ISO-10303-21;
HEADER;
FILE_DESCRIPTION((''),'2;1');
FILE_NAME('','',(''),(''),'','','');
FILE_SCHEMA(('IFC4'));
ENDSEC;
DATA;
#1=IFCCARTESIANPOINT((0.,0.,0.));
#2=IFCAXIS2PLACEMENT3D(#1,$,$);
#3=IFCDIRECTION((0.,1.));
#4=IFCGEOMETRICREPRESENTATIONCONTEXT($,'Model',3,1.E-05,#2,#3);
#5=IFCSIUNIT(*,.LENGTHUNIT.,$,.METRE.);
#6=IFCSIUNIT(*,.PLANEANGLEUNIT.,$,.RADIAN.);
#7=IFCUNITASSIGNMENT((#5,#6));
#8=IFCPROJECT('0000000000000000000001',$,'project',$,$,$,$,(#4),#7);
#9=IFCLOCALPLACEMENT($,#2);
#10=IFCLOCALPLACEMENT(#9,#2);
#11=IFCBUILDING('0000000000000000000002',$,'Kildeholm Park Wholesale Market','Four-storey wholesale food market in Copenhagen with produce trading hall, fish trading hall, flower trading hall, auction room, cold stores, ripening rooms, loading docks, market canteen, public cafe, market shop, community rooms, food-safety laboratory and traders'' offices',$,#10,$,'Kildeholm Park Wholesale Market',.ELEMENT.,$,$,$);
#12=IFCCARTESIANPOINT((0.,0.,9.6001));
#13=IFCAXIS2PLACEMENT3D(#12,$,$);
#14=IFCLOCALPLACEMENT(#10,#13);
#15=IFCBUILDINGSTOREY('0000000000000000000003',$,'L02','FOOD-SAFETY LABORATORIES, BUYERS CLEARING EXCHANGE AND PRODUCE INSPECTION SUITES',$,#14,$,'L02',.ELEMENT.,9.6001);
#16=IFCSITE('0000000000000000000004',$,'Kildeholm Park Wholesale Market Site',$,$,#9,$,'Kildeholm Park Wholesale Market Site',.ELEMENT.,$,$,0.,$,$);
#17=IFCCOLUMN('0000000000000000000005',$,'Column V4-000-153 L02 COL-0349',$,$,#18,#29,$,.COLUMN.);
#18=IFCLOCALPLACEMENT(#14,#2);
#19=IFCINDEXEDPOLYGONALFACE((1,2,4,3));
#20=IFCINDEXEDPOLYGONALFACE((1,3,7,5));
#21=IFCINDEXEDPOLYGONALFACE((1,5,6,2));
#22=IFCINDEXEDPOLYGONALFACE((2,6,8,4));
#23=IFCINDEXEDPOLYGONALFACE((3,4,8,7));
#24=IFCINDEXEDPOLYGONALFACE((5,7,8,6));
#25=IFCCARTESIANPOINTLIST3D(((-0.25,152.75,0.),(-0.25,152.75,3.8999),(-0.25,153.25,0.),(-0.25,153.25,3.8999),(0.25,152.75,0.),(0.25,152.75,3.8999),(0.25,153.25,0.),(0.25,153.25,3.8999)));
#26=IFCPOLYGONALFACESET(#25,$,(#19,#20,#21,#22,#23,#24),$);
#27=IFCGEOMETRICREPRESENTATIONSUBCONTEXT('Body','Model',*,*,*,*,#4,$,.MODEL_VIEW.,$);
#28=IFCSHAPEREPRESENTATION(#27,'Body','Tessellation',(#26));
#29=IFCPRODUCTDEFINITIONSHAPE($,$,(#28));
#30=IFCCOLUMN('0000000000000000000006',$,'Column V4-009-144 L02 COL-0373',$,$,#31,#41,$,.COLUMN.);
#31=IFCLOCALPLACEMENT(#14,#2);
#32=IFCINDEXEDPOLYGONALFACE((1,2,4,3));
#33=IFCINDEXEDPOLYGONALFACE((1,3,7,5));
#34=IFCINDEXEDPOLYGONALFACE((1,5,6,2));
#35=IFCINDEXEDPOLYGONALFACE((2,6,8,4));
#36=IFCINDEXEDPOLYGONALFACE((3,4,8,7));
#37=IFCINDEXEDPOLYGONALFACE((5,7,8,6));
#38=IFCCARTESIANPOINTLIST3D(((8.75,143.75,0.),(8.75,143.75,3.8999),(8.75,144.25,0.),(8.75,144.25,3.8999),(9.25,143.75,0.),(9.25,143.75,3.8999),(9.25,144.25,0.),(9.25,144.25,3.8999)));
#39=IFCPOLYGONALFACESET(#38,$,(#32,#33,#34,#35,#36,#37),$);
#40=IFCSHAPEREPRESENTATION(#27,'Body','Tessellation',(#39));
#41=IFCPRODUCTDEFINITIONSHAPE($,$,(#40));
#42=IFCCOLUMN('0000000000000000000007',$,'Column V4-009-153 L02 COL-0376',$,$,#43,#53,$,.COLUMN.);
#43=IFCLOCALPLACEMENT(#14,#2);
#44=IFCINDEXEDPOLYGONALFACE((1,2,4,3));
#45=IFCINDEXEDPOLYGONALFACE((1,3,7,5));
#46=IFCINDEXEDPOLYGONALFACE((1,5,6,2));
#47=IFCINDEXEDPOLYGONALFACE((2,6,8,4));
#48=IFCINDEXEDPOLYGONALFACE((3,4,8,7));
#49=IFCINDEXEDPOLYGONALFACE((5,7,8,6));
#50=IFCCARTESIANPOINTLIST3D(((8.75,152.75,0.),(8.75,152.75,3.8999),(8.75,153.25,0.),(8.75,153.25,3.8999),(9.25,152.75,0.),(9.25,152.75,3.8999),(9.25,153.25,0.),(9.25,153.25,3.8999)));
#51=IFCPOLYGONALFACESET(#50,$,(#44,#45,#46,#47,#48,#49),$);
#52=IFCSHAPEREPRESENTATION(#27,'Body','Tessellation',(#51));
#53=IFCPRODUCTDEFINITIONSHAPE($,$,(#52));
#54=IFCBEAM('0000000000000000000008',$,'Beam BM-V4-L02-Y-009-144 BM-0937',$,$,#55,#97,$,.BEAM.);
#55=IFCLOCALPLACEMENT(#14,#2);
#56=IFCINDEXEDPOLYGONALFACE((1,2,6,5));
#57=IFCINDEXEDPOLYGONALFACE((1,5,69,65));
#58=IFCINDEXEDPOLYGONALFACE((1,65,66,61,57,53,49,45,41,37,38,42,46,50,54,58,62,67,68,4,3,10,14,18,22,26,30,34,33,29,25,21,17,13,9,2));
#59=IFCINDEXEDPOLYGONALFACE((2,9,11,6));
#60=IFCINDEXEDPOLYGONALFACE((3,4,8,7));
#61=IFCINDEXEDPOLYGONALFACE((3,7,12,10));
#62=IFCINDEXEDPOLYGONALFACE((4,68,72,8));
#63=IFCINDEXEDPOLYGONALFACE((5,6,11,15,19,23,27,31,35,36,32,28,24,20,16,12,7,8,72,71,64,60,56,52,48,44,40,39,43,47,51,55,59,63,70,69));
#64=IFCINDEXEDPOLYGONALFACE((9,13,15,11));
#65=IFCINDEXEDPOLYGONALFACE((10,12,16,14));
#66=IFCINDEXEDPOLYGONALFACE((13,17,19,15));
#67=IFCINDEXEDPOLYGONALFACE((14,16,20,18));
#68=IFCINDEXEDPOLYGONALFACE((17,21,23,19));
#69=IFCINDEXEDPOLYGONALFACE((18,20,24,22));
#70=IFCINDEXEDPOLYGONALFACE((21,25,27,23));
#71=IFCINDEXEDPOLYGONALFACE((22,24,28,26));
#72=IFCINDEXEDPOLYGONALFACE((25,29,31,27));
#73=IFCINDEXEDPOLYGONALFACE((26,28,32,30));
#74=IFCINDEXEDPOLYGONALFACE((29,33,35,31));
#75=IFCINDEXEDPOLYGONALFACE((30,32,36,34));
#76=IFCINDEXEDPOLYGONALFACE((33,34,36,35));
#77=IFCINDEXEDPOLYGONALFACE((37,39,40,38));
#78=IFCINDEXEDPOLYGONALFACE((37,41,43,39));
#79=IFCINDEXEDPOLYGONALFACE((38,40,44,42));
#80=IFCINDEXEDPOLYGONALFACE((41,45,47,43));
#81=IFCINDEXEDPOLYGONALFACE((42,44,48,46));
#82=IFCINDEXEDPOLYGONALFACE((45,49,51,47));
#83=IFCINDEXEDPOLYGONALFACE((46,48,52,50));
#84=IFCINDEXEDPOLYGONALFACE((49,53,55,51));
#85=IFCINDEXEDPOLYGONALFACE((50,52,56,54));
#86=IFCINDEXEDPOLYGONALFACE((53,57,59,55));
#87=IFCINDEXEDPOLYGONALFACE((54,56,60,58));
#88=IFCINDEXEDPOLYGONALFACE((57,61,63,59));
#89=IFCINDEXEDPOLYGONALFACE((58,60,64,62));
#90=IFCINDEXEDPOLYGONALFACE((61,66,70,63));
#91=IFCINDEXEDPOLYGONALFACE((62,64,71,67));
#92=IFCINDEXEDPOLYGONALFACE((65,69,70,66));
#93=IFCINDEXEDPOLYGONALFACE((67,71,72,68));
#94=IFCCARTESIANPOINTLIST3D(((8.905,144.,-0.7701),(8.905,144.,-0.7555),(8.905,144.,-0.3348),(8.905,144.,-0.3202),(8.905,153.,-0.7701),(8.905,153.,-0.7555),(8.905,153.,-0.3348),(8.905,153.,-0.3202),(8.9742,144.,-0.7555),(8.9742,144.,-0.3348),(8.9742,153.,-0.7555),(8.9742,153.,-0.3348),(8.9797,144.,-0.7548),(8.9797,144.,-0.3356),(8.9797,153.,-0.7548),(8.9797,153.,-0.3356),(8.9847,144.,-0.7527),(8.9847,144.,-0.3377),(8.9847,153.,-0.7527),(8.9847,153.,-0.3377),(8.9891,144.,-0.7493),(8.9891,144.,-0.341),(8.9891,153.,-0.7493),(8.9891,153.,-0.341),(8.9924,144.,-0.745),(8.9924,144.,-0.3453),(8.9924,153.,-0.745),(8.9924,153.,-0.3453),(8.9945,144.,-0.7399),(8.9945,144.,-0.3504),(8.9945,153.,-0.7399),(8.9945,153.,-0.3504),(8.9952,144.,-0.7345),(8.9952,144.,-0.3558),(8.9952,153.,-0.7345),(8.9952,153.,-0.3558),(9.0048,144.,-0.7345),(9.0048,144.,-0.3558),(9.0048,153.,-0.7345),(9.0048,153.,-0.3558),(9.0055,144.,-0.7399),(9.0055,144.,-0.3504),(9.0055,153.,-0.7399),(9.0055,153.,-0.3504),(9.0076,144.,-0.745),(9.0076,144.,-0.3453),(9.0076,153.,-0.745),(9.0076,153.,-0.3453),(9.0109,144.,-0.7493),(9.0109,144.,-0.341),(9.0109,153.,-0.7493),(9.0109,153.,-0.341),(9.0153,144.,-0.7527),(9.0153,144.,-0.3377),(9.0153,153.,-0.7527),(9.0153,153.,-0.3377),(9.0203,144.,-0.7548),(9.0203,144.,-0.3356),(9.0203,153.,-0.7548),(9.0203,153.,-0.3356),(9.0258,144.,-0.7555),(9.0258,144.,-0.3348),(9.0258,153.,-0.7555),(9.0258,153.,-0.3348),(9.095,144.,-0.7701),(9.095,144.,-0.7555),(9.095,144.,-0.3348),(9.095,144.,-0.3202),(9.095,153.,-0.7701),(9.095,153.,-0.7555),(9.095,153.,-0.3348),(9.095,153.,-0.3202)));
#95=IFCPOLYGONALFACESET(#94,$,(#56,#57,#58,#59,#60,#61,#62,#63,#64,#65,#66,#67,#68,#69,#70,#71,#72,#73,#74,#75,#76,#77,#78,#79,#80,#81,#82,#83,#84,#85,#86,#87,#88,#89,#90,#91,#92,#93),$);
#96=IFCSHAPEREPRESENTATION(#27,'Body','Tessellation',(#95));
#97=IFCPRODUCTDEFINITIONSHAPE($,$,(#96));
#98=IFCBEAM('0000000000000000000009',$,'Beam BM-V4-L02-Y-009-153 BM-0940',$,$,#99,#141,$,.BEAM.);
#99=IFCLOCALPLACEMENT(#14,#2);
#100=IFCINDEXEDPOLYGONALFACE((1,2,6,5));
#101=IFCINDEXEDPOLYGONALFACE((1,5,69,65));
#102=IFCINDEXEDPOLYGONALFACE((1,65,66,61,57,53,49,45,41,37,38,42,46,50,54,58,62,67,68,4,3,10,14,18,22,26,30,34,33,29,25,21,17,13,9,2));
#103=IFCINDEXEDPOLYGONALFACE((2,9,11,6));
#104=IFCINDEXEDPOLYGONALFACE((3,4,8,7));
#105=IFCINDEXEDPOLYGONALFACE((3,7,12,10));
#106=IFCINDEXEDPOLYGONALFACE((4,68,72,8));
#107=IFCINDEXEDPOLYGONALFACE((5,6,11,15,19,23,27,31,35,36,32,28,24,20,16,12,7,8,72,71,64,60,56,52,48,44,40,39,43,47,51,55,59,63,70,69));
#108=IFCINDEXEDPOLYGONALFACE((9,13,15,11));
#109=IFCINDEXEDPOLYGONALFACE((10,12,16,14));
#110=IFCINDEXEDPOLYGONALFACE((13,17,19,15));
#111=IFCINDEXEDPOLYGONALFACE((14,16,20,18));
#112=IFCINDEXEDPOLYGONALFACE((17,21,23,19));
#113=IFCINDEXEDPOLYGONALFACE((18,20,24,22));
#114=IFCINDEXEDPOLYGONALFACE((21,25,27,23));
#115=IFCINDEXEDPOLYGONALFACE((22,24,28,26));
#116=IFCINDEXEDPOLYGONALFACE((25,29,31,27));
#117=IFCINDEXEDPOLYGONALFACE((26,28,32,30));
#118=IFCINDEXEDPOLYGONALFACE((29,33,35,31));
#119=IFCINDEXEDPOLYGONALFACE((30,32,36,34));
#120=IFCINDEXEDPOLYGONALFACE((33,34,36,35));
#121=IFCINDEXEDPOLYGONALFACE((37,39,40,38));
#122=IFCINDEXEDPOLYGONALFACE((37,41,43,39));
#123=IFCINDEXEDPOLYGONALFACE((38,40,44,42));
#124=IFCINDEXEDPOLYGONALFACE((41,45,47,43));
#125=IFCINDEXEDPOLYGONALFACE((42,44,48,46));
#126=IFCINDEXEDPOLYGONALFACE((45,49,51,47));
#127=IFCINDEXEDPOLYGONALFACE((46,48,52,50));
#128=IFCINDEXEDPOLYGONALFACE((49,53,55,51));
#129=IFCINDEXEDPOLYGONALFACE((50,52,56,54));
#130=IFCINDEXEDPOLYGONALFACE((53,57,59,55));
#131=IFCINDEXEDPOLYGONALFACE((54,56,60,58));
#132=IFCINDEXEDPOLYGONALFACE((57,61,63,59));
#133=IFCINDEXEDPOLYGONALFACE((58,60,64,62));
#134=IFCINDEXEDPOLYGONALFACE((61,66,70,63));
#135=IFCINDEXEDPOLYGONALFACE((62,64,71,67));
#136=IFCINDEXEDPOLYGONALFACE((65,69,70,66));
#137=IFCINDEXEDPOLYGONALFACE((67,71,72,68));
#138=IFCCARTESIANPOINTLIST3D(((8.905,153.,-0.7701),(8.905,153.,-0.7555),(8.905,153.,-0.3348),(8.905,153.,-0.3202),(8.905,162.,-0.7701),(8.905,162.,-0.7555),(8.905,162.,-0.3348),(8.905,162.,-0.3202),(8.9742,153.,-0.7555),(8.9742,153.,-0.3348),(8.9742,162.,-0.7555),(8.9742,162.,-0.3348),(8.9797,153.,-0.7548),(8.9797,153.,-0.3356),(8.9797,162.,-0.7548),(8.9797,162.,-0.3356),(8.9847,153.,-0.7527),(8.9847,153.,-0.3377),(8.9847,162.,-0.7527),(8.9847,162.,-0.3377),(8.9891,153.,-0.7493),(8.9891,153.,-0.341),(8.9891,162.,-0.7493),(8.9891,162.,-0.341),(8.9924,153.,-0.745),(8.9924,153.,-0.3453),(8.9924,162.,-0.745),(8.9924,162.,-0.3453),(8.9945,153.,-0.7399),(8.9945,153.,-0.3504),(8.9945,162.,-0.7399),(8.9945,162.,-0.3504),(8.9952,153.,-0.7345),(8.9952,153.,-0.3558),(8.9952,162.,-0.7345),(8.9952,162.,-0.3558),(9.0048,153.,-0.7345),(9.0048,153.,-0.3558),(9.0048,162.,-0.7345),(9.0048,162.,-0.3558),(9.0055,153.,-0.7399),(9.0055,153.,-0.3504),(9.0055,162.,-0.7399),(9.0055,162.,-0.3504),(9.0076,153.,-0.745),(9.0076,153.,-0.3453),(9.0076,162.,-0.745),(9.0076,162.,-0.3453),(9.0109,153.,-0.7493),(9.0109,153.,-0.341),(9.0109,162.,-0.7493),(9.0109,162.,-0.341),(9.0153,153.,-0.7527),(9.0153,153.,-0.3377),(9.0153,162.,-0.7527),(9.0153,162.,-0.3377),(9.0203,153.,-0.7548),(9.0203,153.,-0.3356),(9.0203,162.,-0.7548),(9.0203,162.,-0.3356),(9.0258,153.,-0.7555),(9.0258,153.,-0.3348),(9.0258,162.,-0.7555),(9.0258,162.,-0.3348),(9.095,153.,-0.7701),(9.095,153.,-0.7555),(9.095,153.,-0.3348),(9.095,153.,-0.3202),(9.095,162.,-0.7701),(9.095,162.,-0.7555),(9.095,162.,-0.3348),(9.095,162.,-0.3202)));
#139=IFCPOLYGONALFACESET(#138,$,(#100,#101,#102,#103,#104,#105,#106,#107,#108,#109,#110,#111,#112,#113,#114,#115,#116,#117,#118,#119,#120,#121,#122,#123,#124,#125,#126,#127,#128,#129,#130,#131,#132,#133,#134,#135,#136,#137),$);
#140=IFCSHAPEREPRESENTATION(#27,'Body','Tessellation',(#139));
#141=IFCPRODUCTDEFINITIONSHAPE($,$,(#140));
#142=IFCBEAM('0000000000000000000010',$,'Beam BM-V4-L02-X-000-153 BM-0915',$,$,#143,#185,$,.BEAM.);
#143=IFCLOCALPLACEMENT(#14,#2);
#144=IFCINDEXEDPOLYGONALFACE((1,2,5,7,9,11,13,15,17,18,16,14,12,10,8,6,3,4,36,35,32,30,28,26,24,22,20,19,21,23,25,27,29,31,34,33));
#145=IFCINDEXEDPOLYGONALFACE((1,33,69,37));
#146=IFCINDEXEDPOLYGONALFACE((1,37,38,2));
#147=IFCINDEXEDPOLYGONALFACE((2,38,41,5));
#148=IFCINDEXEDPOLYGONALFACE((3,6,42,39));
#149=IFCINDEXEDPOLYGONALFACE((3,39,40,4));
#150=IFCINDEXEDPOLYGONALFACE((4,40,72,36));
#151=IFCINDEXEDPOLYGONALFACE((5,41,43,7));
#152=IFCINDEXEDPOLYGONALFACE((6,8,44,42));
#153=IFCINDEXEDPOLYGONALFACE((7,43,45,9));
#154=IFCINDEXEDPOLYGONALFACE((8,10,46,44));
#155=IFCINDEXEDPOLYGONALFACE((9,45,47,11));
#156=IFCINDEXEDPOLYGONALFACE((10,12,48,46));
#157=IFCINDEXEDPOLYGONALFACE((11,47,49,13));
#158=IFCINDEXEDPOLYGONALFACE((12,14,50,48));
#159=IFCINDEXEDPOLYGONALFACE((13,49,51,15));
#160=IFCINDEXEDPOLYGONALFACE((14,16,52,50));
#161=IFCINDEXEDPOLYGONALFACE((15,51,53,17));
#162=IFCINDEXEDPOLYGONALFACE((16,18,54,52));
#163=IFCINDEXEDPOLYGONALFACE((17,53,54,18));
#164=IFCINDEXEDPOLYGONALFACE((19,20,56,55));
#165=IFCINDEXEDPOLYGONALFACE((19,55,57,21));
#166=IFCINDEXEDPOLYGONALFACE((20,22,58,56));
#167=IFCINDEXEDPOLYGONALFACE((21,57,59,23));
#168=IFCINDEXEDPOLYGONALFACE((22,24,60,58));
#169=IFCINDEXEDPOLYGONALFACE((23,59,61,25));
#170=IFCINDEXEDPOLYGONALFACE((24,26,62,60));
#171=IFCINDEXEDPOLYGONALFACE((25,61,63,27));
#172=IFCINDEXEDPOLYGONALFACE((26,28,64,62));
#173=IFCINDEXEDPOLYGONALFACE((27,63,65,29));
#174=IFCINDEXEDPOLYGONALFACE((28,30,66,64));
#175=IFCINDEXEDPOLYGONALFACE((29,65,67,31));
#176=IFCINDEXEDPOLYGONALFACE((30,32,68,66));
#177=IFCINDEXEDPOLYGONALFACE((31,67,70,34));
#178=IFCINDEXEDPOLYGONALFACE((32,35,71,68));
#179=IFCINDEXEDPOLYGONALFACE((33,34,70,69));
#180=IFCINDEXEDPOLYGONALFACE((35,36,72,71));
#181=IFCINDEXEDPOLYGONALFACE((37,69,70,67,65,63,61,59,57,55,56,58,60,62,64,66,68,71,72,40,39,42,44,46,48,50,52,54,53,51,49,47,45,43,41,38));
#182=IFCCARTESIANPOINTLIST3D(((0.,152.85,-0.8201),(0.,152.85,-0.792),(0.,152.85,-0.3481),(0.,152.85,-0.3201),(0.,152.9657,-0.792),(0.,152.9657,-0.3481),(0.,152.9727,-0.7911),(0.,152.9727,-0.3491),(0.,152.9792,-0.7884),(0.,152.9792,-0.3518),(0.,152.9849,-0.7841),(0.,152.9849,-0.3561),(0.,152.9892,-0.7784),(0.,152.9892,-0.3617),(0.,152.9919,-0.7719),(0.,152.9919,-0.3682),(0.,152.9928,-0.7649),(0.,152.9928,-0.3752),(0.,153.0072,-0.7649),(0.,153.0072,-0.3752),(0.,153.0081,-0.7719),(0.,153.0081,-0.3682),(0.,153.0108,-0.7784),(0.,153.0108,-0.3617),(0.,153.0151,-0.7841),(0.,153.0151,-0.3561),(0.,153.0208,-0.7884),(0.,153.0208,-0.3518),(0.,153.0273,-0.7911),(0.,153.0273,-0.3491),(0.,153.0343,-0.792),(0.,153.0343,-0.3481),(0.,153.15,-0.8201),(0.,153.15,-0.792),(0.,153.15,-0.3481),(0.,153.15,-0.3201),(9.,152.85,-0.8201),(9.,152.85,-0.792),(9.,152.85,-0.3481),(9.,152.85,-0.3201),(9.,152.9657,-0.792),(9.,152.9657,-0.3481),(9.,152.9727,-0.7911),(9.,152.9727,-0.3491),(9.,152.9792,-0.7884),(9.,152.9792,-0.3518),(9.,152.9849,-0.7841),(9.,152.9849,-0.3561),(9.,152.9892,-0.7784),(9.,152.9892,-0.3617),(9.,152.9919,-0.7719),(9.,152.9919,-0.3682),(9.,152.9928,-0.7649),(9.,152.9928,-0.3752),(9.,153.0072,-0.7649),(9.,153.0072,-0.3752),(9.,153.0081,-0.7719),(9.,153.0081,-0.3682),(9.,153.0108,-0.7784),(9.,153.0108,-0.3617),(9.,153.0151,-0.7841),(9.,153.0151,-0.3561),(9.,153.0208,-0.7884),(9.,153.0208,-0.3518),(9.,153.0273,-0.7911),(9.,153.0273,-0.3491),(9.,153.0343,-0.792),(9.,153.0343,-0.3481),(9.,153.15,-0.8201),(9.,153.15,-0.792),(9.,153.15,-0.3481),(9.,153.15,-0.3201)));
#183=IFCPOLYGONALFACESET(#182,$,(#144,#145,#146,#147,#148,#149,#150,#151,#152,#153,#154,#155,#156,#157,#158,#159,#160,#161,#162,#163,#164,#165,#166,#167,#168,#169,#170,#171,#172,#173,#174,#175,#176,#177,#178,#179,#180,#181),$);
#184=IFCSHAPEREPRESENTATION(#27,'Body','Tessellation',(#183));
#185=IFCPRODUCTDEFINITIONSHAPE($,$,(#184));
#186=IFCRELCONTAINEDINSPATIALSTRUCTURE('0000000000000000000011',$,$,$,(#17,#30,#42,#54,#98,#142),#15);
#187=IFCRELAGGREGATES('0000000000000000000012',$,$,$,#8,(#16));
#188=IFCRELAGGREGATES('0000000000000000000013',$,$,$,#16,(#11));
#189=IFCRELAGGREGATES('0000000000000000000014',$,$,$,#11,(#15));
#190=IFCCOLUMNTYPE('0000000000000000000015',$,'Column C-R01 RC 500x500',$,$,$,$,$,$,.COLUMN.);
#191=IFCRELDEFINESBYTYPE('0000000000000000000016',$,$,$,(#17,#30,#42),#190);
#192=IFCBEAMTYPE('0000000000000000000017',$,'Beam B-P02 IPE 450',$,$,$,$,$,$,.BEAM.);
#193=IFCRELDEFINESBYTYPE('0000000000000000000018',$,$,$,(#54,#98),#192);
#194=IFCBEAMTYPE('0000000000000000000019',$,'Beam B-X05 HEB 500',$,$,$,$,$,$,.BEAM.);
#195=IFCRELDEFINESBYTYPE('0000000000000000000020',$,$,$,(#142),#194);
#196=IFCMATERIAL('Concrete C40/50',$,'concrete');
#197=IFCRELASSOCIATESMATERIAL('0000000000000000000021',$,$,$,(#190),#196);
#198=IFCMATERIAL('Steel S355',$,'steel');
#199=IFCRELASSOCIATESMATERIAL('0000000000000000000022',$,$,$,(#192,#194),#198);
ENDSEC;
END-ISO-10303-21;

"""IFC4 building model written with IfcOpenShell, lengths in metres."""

from ifc_helpers import new_model, si_unit, direction, frame, origin, origin_2d, place, context, subcontext, project, spatial, rectangle, i_section, extrude, material, material_profile, profile_set, type_object, element, save


model = new_model("IFC4")

# Units and contexts
model_context = context("Model", 3, precision=1e-05, world=origin(), true_north=direction((0.0, 1.0)))
body_context = subcontext(model_context, "Body", "Model", "MODEL_VIEW")
ifc_project = project(units=[si_unit("LENGTHUNIT", "METRE"), si_unit("PLANEANGLEUNIT", "RADIAN")], contexts=[model_context])

# Site, building, storey
site_placement = place(None, origin())
site = spatial("IfcSite", under=ifc_project, at=site_placement, Name="Kildeholm Park Wholesale Market Site", LongName="Kildeholm Park Wholesale Market Site", CompositionType="ELEMENT", RefElevation=0.0)
building_placement = place(site_placement, origin())
building = spatial("IfcBuilding", under=site, at=building_placement, Name="Kildeholm Park Wholesale Market", Description="Four-storey wholesale food market in Copenhagen with produce trading hall, fish trading hall, flower trading hall, auction room, cold stores, ripening rooms, loading docks, market canteen, public cafe, market shop, community rooms, food-safety laboratory and traders' offices", LongName="Kildeholm Park Wholesale Market", CompositionType="ELEMENT")
storey_placement = place(building_placement, frame((0.0, 0.0, 9.6001)))
storey = spatial("IfcBuildingStorey", under=building, at=storey_placement, Name="L02", Description="FOOD-SAFETY LABORATORIES, BUYERS CLEARING EXCHANGE AND PRODUCE INSPECTION SUITES", LongName="L02", CompositionType="ELEMENT", Elevation=9.6001)

# Columns
ifc_material_1 = material(Name="Concrete C40/50", Category="concrete")
ifc_material_profile_1 = material_profile(ifc_material_1, rectangle(XDim=0.5, YDim=0.5, at=origin_2d()), Name="RC 500x500")
ifc_profile_set_1 = profile_set([ifc_material_profile_1], Name="Concrete C40/50")
column_type = type_object("IfcColumnType", Name="Column C-R01 RC 500x500", PredefinedType="COLUMN", material=ifc_profile_set_1)
for number, where, z_axis, x_axis, name in (
    (1, (0.0, 153.0, 0.0), (0.0, 0.0, 1.0), (1.0, 0.0, 0.0), "Column V4-000-153 L02 COL-0349"),
    (2, (9.0, 144.0, 0.0), (0.0, 0.0, 1.0), (1.0, 0.0, 0.0), "Column V4-009-144 L02 COL-0373"),
    (3, (9.0, 153.0, 0.0), (0.0, 0.0, 1.0), (1.0, 0.0, 0.0), "Column V4-009-153 L02 COL-0376"),
):
    element("IfcColumn", number, at=place(storey_placement, frame(where, z_axis=z_axis, x_axis=x_axis)), inside=storey, type_object=column_type, Name=name, PredefinedType="COLUMN", context=body_context, shape_type="SweptSolid", body=[
        extrude(rectangle(XDim=0.5, YDim=0.5, at=origin_2d()), origin(), (0.0, 0.0, 1.0), 3.8999),
    ])

# Beams
ifc_material_2 = material(Name="Steel S355", Category="steel")
ifc_material_profile_2 = material_profile(ifc_material_2, i_section(OverallWidth=0.1899, OverallDepth=0.45, WebThickness=0.0095, FlangeThickness=0.0146, FilletRadius=0.021, at=origin_2d()), Name="IPE 450")
ifc_profile_set_2 = profile_set([ifc_material_profile_2], Name="Steel S355")
beam_type_1 = type_object("IfcBeamType", Name="Beam B-P02 IPE 450", PredefinedType="BEAM", material=ifc_profile_set_2)
for number, where, z_axis, x_axis, name in (
    (4, (9.0, 144.0, -0.5452), (0.0, 1.0, 0.0), (-1.0, 0.0, 0.0), "Beam BM-V4-L02-Y-009-144 BM-0937"),
    (5, (9.0, 153.0, -0.5452), (0.0, 1.0, 0.0), (-1.0, 0.0, 0.0), "Beam BM-V4-L02-Y-009-153 BM-0940"),
):
    element("IfcBeam", number, at=place(storey_placement, frame(where, z_axis=z_axis, x_axis=x_axis)), inside=storey, type_object=beam_type_1, Name=name, PredefinedType="BEAM", context=body_context, shape_type="SweptSolid", body=[
        extrude(i_section(OverallWidth=0.1899, OverallDepth=0.45, WebThickness=0.0095, FlangeThickness=0.0146, FilletRadius=0.021, at=origin_2d()), origin(), (0.0, 0.0, 1.0), 9.0),
    ])
ifc_material_profile_3 = material_profile(ifc_material_2, i_section(OverallWidth=0.3, OverallDepth=0.5, WebThickness=0.0144, FlangeThickness=0.0281, FilletRadius=0.0271, at=origin_2d()), Name="HEB 500")
ifc_profile_set_3 = profile_set([ifc_material_profile_3], Name="Steel S355")
beam_type_2 = type_object("IfcBeamType", Name="Beam B-X05 HEB 500", PredefinedType="BEAM", material=ifc_profile_set_3)
for number, where, z_axis, x_axis, name in (
    (6, (0.0, 153.0, -0.5701), (1.0, 0.0, 0.0), (0.0, 1.0, 0.0), "Beam BM-V4-L02-X-000-153 BM-0915"),
):
    element("IfcBeam", number, at=place(storey_placement, frame(where, z_axis=z_axis, x_axis=x_axis)), inside=storey, type_object=beam_type_2, Name=name, PredefinedType="BEAM", context=body_context, shape_type="SweptSolid", body=[
        extrude(i_section(OverallWidth=0.3, OverallDepth=0.5, WebThickness=0.0144, FlangeThickness=0.0281, FilletRadius=0.0271, at=origin_2d()), origin(), (0.0, 0.0, 1.0), 9.0),
    ])

save(model, "model.ifc")
